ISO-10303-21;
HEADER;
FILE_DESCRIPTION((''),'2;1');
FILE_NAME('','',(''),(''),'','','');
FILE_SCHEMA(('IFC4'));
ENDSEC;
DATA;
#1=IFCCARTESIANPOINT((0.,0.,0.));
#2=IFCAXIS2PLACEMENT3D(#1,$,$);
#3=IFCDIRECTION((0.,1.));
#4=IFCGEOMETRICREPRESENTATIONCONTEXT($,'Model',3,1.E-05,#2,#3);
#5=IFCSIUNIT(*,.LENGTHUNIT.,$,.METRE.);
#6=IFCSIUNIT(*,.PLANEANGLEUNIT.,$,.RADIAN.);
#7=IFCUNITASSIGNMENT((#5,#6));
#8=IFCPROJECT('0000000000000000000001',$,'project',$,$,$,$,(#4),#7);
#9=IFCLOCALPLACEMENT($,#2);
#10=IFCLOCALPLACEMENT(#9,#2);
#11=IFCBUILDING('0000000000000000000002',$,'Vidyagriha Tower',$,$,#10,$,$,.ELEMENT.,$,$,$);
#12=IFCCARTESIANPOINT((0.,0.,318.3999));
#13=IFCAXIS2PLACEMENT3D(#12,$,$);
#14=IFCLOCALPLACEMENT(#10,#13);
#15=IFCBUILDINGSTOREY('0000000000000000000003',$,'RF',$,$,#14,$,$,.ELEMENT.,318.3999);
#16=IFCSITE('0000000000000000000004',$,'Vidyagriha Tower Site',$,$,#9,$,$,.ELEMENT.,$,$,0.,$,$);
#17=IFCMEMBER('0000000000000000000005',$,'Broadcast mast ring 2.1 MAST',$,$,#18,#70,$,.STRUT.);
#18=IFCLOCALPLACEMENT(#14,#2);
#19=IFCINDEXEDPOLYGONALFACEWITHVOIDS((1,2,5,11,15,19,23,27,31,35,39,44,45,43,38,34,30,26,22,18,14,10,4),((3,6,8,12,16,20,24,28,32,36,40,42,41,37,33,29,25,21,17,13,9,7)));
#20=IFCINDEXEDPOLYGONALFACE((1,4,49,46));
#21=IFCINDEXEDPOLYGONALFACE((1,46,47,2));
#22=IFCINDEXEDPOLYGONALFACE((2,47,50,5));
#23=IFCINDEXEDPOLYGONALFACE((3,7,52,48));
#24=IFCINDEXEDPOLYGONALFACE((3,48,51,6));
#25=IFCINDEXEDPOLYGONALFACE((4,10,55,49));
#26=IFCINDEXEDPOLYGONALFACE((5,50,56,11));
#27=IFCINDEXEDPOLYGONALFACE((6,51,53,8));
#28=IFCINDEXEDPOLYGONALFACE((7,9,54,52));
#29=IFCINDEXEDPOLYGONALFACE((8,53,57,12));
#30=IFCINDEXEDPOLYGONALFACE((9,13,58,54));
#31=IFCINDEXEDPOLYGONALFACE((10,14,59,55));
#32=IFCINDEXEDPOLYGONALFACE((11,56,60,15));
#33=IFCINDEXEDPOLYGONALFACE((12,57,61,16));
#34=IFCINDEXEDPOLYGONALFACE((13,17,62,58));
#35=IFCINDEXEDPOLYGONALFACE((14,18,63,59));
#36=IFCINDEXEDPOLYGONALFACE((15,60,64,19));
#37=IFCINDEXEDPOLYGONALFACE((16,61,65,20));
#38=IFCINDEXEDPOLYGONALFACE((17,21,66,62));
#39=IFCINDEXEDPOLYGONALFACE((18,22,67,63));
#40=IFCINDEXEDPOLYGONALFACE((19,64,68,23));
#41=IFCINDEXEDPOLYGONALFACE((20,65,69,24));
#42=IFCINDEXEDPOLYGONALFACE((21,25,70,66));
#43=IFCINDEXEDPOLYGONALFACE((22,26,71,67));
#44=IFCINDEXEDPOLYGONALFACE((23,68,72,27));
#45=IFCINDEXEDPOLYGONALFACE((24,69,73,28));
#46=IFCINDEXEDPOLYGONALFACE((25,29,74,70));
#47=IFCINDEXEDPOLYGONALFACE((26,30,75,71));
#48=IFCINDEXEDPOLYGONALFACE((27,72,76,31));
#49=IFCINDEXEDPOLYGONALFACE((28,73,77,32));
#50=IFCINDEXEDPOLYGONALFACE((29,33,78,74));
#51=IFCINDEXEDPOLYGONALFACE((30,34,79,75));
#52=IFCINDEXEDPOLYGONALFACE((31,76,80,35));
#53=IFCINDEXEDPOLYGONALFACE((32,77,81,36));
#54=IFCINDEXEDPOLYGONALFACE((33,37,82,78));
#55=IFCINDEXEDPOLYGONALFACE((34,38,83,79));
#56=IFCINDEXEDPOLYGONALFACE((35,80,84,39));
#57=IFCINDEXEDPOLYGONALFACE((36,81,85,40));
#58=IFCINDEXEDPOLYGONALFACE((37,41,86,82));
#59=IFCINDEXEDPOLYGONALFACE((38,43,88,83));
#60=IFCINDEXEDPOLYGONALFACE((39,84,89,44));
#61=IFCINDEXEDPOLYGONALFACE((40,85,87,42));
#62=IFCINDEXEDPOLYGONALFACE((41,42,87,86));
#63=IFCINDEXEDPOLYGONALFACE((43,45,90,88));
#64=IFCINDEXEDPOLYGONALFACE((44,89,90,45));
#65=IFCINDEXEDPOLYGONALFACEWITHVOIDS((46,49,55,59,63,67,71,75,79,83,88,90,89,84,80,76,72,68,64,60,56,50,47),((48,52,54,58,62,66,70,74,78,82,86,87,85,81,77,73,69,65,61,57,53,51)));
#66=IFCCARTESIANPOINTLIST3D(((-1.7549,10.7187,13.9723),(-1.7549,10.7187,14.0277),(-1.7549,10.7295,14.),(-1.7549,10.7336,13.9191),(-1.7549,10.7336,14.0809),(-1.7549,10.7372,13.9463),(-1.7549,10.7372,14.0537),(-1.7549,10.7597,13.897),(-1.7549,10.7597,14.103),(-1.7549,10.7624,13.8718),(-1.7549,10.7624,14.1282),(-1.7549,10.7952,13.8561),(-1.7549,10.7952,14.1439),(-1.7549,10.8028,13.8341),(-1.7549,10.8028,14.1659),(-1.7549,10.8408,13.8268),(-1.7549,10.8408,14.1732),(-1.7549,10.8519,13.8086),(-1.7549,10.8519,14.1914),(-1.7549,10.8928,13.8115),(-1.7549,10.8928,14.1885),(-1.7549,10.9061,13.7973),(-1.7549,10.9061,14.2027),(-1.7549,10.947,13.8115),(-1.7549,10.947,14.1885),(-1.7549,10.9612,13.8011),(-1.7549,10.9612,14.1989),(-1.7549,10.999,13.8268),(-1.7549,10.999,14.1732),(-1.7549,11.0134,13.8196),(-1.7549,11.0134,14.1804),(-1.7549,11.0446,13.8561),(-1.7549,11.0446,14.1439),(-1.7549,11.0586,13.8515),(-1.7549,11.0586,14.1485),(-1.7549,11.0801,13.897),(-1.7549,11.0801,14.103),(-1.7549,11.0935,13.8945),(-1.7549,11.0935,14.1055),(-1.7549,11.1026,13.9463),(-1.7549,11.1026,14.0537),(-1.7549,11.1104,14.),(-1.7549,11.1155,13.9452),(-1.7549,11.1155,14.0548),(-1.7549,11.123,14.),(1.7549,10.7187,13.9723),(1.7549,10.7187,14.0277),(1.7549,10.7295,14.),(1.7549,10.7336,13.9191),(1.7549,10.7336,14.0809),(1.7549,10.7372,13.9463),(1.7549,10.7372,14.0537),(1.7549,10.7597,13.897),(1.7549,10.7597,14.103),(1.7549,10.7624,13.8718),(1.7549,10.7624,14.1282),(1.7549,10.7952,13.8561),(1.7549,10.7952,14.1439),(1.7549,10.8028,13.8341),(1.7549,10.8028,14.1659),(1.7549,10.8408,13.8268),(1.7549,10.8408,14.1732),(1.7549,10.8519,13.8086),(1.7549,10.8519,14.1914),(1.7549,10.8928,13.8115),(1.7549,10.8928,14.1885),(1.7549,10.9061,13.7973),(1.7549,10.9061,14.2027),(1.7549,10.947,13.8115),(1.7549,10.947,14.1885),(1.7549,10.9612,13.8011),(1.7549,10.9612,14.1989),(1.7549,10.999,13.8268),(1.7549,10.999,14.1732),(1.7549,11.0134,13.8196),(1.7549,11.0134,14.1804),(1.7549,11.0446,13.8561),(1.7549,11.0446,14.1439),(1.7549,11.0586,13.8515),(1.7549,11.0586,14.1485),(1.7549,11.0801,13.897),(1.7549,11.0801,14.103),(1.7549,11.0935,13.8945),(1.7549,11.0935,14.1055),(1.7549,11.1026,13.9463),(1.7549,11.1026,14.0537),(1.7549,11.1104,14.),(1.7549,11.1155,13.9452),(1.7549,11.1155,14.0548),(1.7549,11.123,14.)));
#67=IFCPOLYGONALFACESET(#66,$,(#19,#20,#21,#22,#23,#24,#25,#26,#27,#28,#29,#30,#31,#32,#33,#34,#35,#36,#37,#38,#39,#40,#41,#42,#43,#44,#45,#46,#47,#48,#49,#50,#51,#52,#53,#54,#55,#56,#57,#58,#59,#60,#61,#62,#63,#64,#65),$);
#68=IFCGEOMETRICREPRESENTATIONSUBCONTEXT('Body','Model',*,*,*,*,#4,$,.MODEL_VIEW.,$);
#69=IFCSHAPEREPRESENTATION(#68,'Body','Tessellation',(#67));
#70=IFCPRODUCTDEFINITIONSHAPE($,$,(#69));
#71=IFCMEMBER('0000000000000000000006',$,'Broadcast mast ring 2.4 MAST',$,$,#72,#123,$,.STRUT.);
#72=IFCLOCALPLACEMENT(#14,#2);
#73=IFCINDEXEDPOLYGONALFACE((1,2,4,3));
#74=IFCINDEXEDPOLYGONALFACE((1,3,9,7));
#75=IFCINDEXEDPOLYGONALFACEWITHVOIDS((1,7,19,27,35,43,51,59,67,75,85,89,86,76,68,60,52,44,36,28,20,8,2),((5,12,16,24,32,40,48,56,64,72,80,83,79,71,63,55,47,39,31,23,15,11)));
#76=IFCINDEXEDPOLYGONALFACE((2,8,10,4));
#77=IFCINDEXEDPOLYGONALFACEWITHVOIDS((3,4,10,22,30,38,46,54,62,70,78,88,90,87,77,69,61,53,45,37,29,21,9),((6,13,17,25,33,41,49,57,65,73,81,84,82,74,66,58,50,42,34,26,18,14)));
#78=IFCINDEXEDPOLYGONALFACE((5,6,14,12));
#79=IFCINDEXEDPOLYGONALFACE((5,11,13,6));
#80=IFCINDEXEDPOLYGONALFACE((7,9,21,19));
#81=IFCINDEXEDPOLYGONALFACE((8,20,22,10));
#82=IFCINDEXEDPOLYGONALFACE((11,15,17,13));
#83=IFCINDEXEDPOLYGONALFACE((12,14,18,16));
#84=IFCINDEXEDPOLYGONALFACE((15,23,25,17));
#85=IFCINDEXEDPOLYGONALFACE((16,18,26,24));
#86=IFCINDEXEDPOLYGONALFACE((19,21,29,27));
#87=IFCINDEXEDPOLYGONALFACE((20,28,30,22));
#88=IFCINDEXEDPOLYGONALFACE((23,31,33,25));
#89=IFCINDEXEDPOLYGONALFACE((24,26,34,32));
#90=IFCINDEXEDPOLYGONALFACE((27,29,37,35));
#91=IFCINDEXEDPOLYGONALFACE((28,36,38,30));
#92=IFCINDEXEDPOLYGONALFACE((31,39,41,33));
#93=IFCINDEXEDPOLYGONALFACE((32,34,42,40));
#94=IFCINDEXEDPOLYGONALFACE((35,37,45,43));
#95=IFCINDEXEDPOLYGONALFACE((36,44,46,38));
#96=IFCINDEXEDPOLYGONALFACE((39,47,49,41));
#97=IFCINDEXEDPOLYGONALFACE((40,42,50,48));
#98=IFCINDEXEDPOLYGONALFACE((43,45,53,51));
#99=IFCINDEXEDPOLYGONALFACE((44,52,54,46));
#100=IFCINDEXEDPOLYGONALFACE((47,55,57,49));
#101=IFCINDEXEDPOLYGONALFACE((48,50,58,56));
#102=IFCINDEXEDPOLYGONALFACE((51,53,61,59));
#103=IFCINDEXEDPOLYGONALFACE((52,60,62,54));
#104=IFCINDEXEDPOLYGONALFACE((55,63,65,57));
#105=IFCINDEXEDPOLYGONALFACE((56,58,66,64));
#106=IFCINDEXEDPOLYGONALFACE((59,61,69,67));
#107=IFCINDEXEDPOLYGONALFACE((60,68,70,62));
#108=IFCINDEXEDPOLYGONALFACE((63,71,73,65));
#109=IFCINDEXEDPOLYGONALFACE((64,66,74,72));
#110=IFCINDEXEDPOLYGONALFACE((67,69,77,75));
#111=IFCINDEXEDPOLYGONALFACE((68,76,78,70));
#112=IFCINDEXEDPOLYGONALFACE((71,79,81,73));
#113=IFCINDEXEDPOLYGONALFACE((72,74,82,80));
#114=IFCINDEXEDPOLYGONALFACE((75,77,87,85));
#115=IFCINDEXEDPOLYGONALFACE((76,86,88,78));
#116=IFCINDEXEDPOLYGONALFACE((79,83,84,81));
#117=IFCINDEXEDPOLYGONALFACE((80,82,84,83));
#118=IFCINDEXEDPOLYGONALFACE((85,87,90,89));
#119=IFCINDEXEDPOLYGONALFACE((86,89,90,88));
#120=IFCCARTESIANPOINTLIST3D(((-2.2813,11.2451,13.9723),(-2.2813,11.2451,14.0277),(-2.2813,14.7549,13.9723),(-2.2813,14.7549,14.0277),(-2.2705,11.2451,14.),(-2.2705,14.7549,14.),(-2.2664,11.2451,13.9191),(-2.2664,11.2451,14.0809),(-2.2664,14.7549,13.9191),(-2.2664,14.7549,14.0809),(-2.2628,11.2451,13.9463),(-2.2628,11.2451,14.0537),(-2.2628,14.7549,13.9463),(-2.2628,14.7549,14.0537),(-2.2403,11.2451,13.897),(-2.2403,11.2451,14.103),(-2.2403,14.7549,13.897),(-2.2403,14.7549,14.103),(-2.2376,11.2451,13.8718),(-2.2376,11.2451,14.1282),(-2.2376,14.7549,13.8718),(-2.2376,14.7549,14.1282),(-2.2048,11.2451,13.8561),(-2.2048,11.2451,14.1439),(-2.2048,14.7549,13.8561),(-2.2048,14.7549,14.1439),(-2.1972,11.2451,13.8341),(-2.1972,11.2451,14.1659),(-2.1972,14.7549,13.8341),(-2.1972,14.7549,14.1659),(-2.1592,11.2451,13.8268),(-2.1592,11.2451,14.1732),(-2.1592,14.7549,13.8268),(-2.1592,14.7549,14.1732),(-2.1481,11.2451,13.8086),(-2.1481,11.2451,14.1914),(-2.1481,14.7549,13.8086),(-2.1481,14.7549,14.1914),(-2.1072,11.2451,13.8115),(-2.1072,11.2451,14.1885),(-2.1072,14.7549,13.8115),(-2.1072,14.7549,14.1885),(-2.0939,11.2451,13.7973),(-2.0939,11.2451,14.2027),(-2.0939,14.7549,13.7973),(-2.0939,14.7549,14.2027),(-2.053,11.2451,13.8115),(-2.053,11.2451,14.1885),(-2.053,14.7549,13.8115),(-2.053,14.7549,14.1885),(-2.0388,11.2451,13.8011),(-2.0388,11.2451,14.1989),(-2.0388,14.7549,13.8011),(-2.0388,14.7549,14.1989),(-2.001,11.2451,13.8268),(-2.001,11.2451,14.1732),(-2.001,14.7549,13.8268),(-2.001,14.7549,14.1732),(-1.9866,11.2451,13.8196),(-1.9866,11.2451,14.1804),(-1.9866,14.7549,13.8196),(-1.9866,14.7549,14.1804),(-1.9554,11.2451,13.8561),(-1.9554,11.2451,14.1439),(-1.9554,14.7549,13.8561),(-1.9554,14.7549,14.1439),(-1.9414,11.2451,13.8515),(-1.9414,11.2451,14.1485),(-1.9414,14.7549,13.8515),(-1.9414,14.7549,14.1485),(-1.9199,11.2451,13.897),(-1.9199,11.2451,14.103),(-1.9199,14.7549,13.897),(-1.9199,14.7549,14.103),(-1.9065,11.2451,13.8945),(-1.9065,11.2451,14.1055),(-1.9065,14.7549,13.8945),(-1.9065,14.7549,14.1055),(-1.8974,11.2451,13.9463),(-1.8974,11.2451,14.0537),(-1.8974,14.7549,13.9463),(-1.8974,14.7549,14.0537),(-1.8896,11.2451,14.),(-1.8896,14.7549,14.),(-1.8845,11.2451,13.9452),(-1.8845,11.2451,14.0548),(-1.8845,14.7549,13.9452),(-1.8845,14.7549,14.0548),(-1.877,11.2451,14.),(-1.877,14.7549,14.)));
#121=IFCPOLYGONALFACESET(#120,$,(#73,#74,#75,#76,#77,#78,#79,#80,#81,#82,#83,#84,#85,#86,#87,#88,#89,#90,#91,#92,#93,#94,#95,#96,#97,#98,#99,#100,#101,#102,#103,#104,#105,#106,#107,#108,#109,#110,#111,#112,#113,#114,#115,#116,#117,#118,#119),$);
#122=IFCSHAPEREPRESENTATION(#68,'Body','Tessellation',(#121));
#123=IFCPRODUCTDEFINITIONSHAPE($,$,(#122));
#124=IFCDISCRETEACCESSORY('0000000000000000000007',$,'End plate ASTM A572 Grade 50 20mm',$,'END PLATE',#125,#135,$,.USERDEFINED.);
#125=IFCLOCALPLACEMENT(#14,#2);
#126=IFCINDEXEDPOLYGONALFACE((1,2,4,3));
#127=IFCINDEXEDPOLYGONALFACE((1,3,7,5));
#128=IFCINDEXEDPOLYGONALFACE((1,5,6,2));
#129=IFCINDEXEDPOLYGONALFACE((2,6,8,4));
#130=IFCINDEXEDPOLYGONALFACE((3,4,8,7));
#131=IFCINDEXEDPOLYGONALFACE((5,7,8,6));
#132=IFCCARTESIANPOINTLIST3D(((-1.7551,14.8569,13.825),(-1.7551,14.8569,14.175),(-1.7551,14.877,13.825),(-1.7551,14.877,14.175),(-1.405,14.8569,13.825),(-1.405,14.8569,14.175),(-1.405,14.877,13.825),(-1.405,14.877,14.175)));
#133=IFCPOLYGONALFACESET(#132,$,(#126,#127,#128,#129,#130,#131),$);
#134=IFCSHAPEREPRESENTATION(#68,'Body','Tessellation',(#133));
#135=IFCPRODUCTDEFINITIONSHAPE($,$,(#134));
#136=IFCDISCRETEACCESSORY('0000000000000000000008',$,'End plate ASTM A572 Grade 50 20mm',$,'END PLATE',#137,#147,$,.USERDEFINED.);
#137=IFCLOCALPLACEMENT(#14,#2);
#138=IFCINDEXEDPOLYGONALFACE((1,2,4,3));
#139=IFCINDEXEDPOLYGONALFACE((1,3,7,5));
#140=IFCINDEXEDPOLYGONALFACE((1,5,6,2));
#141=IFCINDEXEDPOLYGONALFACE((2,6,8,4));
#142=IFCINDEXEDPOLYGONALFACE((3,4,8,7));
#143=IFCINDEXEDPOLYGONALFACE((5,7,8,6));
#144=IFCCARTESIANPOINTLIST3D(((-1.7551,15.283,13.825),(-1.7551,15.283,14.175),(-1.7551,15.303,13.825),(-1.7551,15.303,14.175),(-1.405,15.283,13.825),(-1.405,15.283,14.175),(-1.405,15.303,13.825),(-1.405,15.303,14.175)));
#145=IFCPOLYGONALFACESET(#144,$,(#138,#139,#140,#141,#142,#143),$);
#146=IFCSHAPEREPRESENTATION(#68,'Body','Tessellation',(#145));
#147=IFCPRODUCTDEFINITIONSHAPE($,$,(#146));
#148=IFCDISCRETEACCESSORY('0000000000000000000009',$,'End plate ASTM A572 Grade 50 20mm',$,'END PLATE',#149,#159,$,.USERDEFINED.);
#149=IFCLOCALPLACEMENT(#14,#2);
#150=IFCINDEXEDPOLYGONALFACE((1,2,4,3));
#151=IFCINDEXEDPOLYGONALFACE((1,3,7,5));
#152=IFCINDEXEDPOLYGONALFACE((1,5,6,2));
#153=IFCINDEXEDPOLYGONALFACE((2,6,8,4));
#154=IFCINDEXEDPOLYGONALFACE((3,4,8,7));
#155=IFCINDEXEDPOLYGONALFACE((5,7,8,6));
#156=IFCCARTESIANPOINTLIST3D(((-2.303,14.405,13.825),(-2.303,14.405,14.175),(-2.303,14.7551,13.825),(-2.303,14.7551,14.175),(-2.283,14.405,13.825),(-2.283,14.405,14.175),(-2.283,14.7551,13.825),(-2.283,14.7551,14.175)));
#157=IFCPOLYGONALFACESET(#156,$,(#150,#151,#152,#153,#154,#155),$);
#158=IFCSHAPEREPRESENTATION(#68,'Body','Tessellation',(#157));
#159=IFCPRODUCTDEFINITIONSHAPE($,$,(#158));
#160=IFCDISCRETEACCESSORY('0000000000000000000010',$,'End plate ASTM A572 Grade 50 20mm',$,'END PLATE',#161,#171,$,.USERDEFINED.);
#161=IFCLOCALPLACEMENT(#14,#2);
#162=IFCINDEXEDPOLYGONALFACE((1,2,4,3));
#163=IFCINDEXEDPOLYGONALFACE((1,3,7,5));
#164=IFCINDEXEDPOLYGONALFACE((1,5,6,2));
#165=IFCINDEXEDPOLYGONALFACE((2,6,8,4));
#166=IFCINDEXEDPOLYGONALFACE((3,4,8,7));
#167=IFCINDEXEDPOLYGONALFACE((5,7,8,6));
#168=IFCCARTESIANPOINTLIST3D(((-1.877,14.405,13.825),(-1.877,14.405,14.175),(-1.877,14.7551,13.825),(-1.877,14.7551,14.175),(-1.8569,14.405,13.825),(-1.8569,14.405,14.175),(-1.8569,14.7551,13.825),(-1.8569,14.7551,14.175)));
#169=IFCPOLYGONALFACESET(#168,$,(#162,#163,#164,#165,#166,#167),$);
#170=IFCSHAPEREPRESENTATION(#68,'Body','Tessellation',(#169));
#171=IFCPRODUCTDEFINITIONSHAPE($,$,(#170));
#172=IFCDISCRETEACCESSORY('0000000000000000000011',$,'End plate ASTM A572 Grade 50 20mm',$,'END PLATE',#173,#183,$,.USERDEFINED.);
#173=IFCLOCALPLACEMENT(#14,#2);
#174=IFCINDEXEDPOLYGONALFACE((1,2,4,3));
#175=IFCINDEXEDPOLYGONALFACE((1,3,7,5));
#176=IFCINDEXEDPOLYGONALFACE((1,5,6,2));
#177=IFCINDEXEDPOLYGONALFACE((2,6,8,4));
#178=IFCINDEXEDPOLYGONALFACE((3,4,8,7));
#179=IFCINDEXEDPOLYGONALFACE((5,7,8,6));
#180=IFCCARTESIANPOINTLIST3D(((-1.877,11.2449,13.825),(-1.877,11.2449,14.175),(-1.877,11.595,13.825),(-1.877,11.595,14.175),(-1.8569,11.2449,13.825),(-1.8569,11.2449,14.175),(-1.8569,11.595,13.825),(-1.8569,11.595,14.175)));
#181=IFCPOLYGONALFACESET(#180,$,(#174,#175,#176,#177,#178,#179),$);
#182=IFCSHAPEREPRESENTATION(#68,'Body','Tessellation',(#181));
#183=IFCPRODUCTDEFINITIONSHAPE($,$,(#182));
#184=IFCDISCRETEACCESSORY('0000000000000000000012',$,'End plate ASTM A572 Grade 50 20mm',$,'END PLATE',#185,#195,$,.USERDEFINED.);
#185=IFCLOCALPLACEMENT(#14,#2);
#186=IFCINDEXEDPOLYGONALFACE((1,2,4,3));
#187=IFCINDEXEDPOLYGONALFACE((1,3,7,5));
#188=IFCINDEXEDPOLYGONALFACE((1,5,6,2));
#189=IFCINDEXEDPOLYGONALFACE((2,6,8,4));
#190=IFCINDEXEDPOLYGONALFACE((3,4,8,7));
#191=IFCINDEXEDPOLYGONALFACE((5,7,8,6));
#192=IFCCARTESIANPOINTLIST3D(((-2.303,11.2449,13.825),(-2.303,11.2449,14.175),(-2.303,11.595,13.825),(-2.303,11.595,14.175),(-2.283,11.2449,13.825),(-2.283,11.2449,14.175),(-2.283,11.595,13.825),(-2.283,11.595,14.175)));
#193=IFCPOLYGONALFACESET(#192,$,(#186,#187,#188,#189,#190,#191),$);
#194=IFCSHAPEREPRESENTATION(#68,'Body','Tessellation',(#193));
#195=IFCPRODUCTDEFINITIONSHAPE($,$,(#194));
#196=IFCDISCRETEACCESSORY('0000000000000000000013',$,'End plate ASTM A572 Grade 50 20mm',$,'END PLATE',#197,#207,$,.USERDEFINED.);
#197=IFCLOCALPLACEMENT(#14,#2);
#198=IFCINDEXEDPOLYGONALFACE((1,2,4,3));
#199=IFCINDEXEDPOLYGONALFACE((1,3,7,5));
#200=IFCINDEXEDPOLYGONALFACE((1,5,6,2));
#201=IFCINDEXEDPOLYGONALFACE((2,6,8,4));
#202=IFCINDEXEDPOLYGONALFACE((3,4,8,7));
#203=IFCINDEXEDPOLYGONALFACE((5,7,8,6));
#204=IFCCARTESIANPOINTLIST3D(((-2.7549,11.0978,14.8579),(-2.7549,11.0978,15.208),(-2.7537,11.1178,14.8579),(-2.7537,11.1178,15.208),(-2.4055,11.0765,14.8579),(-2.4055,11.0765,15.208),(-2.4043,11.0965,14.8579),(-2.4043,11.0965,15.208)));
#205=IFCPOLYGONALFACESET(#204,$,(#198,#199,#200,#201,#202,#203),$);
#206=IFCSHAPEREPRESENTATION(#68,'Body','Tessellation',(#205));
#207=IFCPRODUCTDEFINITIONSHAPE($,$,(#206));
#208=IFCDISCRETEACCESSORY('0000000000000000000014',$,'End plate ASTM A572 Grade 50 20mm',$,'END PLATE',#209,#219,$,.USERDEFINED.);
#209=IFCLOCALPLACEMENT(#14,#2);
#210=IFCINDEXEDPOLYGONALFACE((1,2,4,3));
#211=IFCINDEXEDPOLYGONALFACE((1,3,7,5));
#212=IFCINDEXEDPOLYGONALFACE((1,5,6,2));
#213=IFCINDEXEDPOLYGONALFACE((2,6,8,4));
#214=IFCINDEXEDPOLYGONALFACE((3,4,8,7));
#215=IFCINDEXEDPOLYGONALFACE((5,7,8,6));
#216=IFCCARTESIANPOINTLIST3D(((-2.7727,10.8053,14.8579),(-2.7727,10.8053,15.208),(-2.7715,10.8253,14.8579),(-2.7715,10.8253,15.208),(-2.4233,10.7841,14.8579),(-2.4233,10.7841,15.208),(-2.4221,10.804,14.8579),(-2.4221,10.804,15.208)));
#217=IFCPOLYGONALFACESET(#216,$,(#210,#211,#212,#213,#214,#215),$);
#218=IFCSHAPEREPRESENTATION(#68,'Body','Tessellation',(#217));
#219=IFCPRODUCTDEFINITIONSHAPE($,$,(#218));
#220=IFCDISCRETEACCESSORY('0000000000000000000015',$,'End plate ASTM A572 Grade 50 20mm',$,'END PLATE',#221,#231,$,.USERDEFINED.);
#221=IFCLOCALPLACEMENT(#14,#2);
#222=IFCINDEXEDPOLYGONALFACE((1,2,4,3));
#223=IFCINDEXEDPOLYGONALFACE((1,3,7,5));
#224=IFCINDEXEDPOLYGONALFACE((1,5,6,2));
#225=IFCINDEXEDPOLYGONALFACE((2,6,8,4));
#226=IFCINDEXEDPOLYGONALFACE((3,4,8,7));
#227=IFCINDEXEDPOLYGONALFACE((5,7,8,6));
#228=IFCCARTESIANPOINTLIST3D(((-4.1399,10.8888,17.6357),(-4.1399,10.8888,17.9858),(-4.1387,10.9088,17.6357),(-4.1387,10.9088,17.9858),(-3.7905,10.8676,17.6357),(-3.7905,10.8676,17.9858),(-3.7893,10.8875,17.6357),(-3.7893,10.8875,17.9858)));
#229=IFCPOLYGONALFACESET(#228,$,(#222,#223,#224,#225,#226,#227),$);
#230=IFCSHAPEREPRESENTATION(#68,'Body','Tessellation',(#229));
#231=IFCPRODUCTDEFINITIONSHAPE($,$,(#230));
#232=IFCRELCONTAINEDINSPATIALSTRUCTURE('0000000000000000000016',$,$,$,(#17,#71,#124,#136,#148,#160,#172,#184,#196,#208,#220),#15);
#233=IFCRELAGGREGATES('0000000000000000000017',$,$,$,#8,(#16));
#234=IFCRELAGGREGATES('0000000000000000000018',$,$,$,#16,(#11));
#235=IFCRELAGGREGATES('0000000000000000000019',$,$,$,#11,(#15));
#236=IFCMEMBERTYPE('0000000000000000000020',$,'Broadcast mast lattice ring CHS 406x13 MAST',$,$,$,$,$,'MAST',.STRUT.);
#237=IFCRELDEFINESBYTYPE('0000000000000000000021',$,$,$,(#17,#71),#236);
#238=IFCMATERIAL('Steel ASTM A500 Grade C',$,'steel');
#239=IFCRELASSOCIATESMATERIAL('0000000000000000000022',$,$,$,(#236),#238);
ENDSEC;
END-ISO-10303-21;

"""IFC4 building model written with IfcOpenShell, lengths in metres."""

from ifc_helpers import new_model, si_unit, direction, frame, origin, origin_2d, place, context, subcontext, project, spatial, rectangle, hollow_circle, extrude, material, material_profile, profile_set, type_object, element, save


model = new_model("IFC4")

# Units and contexts
model_context = context("Model", 3, precision=1e-05, world=origin(), true_north=direction((0.0, 1.0)))
body_context = subcontext(model_context, "Body", "Model", "MODEL_VIEW")
ifc_project = project(units=[si_unit("LENGTHUNIT", "METRE"), si_unit("PLANEANGLEUNIT", "RADIAN")], contexts=[model_context])

# Site, building, storey
site_placement = place(None, origin())
site = spatial("IfcSite", under=ifc_project, at=site_placement, Name="Vidyagriha Tower Site", CompositionType="ELEMENT", RefElevation=0.0)
building_placement = place(site_placement, origin())
building = spatial("IfcBuilding", under=site, at=building_placement, Name="Vidyagriha Tower", CompositionType="ELEMENT")
storey_placement = place(building_placement, frame((0.0, 0.0, 318.3999)))
storey = spatial("IfcBuildingStorey", under=building, at=storey_placement, Name="RF", CompositionType="ELEMENT", Elevation=318.3999)

# Members
ifc_material_1 = material(Name="Steel ASTM A500 Grade C", Category="steel")
ifc_material_profile_1 = material_profile(ifc_material_1, hollow_circle(Radius=0.2031, WallThickness=0.0127, at=origin_2d()), Name="Broadcast mast lattice ring CHS 406x13 MAST")
ifc_profile_set_1 = profile_set([ifc_material_profile_1], Name="Steel ASTM A500 Grade C")
member_type_1 = type_object("IfcMemberType", Name="Broadcast mast lattice ring CHS 406x13 MAST", ElementType="MAST", PredefinedType="STRUT", material=ifc_profile_set_1)
for number, where, z_axis, x_axis, name in (
    (1, (-1.7549, 10.9199, 14.0), (1.0, 0.0, 0.0), (0.0, 1.0, 0.0), "Broadcast mast ring 2.1 MAST"),
    (2, (-2.0801, 14.7549, 14.0), (0.0, -1.0, 0.0), (1.0, 0.0, 0.0), "Broadcast mast ring 2.4 MAST"),
):
    element("IfcMember", number, at=place(storey_placement, frame(where, z_axis=z_axis, x_axis=x_axis)), inside=storey, type_object=member_type_1, Name=name, PredefinedType="STRUT", context=body_context, shape_type="SweptSolid", body=[
        extrude(hollow_circle(Radius=0.2031, WallThickness=0.0127, at=origin_2d()), origin(), (0.0, 0.0, 1.0), 3.5098),
    ])

# Discrete accessories
for number, where, z_axis, x_axis, name in (
    (3, (-1.5801, 14.8669, 13.825), (0.0, 0.0, 1.0), (-1.0, 0.0, 0.0), "End plate ASTM A572 Grade 50 20mm"),
    (4, (-1.5801, 15.293, 13.825), (0.0, 0.0, 1.0), (-1.0, 0.0, 0.0), "End plate ASTM A572 Grade 50 20mm"),
    (5, (-2.293, 14.5801, 13.825), (0.0, 0.0, 1.0), (0.0, 1.0, 0.0), "End plate ASTM A572 Grade 50 20mm"),
    (6, (-1.8669, 14.5801, 13.825), (0.0, 0.0, 1.0), (0.0, 1.0, 0.0), "End plate ASTM A572 Grade 50 20mm"),
    (7, (-1.8669, 11.4199, 13.825), (0.0, 0.0, 1.0), (0.0, -1.0, 0.0), "End plate ASTM A572 Grade 50 20mm"),
    (8, (-2.293, 11.4199, 13.825), (0.0, 0.0, 1.0), (0.0, -1.0, 0.0), "End plate ASTM A572 Grade 50 20mm"),
    (9, (-2.5796, 11.0972, 14.8579), (0.0, 0.0, 1.0), (0.99815, -0.060794, 0.0), "End plate ASTM A572 Grade 50 20mm"),
    (10, (-2.5974, 10.8047, 14.8579), (0.0, 0.0, 1.0), (0.99815, -0.060794, 0.0), "End plate ASTM A572 Grade 50 20mm"),
    (11, (-3.9646, 10.8882, 17.6357), (0.0, 0.0, 1.0), (-0.99815, 0.060794, 0.0), "End plate ASTM A572 Grade 50 20mm"),
):
    element("IfcDiscreteAccessory", number, at=place(storey_placement, frame(where, z_axis=z_axis, x_axis=x_axis)), inside=storey, Name=name, ObjectType="END PLATE", PredefinedType="USERDEFINED", context=body_context, shape_type="SweptSolid", body=[
        extrude(rectangle(XDim=0.3501, YDim=0.02, at=origin_2d()), origin(), (0.0, 0.0, 1.0), 0.3501),
    ])

save(model, "model.ifc")
